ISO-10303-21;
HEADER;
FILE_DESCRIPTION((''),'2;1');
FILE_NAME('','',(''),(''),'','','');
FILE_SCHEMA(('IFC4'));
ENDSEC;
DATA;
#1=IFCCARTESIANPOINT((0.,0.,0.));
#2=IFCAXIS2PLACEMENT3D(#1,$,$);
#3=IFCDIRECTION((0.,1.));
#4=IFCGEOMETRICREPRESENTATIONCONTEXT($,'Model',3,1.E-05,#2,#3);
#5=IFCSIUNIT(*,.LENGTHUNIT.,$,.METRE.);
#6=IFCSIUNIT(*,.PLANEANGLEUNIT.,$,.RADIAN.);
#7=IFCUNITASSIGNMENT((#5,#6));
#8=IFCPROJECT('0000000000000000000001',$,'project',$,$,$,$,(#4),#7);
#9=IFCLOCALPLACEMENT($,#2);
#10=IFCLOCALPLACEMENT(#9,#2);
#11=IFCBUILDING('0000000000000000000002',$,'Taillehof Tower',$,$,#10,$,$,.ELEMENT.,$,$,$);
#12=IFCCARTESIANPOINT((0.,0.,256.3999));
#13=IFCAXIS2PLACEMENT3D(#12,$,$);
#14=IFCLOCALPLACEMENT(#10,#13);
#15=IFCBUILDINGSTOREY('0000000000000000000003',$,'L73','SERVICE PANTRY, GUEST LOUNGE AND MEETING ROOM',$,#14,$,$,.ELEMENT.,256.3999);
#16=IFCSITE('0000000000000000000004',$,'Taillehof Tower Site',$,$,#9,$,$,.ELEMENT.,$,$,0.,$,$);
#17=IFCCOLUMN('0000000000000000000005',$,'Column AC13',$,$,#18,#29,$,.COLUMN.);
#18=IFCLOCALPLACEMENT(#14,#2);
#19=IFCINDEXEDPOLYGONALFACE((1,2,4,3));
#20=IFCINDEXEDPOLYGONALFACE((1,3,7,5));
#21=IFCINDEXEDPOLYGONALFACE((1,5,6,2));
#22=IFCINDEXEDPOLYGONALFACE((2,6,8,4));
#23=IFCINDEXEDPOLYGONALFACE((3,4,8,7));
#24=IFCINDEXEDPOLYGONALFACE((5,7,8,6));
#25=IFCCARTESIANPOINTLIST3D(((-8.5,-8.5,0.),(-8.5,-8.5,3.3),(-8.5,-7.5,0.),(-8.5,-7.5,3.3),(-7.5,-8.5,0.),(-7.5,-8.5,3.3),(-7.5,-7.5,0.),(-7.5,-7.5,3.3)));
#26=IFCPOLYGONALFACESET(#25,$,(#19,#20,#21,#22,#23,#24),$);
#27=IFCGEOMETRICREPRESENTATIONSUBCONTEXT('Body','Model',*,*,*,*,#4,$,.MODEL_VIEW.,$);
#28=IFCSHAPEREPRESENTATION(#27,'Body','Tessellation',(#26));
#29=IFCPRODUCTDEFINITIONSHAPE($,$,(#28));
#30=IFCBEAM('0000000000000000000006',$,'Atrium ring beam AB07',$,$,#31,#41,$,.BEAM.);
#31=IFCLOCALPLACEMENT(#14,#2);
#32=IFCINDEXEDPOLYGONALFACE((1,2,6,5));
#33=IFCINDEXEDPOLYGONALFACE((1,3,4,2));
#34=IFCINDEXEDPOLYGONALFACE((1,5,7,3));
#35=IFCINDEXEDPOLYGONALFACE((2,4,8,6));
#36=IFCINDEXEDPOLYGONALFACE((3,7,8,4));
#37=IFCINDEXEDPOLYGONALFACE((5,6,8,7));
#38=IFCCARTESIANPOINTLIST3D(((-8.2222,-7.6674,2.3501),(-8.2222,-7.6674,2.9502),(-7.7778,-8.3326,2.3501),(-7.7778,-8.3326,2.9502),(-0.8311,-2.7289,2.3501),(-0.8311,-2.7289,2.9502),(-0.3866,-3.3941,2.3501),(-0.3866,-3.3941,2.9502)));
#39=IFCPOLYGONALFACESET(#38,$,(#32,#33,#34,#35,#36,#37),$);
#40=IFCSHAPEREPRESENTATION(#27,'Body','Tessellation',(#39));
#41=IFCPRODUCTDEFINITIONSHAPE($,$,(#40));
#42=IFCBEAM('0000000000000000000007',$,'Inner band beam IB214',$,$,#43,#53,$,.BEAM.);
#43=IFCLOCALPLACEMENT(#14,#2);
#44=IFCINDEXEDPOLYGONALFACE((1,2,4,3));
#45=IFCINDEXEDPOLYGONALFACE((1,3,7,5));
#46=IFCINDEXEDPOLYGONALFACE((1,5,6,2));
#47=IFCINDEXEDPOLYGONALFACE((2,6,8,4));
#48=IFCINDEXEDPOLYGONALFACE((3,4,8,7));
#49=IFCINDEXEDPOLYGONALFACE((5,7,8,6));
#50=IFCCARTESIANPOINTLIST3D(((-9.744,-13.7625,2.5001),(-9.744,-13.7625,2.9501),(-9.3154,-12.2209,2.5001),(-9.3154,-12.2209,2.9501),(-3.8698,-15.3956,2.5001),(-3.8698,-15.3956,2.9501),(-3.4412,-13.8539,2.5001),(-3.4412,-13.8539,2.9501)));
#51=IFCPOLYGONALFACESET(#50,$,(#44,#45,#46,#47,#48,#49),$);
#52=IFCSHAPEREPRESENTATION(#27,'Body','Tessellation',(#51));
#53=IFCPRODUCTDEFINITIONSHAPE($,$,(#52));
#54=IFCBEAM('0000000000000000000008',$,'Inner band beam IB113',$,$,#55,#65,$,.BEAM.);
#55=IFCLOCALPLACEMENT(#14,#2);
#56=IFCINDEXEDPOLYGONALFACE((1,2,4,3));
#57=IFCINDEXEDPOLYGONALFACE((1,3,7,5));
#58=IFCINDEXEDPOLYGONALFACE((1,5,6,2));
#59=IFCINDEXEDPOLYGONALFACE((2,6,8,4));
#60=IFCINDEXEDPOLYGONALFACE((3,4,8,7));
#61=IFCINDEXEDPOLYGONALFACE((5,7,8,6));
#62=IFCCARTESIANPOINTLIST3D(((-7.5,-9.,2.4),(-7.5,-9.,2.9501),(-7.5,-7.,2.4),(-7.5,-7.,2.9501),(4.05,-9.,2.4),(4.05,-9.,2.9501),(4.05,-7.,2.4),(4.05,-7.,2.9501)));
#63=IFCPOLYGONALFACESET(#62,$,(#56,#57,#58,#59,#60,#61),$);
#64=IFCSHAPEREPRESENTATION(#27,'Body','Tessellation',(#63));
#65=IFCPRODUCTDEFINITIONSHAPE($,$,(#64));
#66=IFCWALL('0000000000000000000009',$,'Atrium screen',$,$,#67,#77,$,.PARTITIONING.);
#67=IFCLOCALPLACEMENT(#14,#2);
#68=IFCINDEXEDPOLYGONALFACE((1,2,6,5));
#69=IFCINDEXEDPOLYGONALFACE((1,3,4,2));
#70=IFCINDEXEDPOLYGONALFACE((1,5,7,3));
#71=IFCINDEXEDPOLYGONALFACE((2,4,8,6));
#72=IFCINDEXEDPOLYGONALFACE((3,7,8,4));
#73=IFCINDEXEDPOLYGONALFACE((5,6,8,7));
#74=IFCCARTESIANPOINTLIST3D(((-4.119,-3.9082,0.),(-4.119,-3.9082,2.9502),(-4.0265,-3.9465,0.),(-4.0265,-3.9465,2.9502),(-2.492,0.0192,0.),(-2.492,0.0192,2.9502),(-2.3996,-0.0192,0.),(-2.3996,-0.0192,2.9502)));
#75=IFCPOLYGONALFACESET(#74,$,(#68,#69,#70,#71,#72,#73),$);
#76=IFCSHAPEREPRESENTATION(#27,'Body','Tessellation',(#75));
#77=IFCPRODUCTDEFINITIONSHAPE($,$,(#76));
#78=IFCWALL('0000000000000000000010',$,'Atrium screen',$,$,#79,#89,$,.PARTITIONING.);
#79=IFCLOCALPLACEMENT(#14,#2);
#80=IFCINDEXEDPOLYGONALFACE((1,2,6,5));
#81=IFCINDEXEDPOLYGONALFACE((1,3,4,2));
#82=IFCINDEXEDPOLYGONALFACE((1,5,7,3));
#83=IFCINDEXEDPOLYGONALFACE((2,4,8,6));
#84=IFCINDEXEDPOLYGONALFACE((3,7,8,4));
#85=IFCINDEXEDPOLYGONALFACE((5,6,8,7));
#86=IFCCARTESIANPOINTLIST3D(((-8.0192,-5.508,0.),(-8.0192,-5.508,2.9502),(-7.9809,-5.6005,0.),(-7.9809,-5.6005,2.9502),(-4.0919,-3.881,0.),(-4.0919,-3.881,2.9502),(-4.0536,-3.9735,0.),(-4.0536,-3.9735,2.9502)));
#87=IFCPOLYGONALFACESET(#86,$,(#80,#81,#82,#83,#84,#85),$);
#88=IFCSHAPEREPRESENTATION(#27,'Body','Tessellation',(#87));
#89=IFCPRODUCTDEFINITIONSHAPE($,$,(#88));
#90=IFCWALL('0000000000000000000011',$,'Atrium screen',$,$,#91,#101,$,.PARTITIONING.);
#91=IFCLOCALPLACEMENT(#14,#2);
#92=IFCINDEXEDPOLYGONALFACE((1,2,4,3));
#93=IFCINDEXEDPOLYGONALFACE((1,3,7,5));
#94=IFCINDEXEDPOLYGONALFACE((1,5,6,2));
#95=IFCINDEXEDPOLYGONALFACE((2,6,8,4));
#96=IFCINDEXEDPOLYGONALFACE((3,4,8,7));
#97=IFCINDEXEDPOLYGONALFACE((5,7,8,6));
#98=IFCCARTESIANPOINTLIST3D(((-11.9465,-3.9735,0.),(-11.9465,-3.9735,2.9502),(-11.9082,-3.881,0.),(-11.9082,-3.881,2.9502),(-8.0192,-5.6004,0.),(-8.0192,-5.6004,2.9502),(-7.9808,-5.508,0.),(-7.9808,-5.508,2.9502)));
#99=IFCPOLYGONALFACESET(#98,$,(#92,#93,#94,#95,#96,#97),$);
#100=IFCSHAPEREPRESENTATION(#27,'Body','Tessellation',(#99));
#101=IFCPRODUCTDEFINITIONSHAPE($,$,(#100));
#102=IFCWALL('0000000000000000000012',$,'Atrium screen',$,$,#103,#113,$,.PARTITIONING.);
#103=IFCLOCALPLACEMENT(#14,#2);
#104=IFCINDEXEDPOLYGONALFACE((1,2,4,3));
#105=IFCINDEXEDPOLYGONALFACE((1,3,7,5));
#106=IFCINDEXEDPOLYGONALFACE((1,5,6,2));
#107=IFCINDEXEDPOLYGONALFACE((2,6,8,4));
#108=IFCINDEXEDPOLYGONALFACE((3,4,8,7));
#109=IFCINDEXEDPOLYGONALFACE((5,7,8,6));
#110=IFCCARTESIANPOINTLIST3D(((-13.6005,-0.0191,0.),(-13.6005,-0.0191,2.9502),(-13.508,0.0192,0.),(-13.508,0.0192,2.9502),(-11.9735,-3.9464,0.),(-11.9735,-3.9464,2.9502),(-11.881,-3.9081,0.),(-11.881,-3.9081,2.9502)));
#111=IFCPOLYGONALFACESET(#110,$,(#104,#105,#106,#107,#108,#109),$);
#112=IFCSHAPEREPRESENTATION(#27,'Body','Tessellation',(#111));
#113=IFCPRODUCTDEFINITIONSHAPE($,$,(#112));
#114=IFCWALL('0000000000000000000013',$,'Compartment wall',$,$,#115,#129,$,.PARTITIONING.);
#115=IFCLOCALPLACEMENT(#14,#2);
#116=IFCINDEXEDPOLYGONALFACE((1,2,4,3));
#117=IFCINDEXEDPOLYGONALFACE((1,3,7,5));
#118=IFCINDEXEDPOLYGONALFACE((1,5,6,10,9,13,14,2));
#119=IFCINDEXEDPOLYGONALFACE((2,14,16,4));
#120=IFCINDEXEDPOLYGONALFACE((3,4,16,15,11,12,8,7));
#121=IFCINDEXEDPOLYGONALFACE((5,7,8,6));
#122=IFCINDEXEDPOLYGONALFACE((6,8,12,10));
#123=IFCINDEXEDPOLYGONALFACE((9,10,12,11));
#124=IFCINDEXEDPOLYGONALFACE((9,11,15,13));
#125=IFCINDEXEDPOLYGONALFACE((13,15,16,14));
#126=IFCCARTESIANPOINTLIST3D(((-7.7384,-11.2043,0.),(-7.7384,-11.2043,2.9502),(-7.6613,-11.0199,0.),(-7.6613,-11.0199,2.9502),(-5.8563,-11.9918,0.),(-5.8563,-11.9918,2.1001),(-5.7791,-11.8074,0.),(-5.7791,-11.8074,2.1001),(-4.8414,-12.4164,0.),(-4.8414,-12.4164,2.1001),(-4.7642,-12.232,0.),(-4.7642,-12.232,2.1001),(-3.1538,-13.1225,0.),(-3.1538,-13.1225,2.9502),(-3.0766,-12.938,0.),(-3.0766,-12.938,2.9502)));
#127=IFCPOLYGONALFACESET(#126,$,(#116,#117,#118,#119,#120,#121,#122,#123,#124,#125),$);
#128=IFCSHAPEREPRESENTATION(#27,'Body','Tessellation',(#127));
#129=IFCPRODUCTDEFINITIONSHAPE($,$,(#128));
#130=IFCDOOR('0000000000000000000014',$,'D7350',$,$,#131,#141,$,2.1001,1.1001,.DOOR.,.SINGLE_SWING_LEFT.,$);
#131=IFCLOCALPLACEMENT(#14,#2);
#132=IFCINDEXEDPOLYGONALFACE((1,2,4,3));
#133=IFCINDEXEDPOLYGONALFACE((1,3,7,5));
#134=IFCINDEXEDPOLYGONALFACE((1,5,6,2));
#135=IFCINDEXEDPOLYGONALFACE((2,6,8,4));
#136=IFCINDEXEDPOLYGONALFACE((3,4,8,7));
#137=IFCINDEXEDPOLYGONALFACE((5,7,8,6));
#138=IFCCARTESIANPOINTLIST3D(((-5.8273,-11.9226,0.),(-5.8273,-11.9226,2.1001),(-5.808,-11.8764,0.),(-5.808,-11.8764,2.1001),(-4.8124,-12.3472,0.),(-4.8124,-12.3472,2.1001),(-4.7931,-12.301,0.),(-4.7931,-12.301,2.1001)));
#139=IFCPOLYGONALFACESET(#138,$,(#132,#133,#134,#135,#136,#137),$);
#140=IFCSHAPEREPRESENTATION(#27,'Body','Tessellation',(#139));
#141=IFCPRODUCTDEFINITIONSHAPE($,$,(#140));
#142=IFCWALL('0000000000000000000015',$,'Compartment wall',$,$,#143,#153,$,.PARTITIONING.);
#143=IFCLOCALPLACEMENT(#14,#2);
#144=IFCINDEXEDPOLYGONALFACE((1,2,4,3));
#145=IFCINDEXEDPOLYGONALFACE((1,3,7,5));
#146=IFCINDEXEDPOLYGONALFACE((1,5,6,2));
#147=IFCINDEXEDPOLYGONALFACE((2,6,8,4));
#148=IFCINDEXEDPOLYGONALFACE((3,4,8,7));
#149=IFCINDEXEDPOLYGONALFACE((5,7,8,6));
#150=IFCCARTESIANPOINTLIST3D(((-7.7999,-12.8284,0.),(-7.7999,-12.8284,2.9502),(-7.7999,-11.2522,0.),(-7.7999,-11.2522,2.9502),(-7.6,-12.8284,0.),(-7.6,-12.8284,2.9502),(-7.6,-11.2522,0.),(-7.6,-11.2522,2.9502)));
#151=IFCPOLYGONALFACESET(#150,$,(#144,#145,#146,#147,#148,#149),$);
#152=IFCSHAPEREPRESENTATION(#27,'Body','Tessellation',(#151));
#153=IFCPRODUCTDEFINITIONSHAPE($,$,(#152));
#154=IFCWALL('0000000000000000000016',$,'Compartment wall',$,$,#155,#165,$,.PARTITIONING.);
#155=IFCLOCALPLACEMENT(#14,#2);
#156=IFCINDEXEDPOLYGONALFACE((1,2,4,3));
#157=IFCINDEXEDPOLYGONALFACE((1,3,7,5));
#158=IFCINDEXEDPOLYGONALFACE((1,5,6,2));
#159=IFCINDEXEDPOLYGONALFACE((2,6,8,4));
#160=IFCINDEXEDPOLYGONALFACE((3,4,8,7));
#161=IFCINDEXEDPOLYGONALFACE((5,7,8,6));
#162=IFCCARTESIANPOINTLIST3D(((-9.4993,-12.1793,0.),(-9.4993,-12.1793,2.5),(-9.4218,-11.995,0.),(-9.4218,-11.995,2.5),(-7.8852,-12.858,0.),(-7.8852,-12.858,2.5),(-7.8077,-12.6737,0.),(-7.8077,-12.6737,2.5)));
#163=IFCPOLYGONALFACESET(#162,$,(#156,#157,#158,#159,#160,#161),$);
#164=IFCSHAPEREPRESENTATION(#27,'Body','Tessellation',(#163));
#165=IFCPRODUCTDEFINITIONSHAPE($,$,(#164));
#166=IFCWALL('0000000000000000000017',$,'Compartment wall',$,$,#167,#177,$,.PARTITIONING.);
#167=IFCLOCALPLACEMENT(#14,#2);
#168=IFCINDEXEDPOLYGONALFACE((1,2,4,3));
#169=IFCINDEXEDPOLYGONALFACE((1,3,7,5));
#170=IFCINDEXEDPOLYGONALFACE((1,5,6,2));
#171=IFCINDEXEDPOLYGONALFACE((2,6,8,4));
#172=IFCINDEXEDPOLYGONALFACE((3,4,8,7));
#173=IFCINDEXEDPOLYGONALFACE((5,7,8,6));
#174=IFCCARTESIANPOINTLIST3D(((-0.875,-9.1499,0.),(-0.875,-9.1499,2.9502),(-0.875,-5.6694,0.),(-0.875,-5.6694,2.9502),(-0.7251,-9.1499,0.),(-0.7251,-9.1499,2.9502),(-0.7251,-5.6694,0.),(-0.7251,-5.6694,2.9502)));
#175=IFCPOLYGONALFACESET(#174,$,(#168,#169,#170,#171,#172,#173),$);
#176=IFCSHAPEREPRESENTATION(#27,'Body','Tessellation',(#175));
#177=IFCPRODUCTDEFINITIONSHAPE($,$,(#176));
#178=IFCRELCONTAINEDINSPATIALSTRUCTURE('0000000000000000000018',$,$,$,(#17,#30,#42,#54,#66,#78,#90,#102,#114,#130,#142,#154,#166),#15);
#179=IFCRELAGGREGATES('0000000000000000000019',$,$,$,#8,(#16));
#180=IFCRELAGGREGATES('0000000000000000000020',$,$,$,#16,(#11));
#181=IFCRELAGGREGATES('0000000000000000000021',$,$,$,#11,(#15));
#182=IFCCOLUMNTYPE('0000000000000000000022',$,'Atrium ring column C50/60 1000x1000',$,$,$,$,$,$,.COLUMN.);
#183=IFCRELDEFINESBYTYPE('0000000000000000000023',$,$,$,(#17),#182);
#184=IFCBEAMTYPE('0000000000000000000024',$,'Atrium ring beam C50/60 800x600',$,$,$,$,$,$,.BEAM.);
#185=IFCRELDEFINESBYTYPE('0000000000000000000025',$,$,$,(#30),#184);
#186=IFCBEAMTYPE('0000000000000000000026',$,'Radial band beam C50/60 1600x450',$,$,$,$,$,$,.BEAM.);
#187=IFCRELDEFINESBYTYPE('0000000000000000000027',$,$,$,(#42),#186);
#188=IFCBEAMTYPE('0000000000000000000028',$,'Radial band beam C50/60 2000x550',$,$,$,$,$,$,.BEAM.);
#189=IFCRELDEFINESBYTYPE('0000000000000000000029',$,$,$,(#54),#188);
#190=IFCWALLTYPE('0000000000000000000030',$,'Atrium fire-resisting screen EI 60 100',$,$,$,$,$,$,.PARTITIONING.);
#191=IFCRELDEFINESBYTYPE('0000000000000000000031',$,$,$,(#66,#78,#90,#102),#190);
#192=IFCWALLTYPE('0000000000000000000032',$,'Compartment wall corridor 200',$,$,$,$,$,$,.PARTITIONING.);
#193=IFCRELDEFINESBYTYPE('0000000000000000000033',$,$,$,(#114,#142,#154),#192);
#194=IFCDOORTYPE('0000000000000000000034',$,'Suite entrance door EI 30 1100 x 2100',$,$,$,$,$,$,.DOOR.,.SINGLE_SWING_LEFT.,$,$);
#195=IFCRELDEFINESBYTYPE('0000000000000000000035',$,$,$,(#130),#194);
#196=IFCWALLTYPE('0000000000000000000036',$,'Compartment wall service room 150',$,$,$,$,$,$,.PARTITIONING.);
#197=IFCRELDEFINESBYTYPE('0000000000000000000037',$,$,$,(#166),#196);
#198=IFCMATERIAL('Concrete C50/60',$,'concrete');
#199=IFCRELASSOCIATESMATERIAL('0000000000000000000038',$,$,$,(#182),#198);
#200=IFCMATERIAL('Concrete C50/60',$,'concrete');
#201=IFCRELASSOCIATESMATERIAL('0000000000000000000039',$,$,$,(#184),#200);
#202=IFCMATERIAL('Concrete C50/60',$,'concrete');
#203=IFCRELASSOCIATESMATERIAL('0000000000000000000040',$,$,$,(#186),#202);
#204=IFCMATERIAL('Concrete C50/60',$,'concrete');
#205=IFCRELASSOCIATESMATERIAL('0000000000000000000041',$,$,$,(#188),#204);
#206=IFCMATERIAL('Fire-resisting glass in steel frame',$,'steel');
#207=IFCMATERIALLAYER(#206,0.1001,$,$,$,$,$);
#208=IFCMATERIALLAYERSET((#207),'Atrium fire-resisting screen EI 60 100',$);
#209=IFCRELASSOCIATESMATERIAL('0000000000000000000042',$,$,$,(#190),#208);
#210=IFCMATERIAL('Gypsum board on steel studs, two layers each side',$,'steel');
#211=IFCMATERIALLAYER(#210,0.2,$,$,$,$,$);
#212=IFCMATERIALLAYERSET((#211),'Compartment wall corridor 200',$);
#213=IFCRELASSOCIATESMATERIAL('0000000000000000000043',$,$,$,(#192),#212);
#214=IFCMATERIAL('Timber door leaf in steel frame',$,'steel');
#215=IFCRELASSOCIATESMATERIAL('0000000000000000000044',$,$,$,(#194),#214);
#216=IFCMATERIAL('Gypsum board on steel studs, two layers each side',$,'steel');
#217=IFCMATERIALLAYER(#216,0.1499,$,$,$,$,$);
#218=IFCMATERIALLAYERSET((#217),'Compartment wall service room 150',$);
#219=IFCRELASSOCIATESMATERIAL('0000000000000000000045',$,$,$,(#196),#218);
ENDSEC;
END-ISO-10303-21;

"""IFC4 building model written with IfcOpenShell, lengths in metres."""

from ifc_helpers import new_model, si_unit, direction, frame, frame_2d, origin, origin_2d, place, context, subcontext, project, spatial, rectangle, extrude, material, layer, layer_set, material_profile, profile_set, type_object, element, fill, save


model = new_model("IFC4")

# Units and contexts
model_context = context("Model", 3, precision=1e-05, world=origin(), true_north=direction((0.0, 1.0)))
body_context = subcontext(model_context, "Body", "Model", "MODEL_VIEW")
ifc_project = project(units=[si_unit("LENGTHUNIT", "METRE"), si_unit("PLANEANGLEUNIT", "RADIAN")], contexts=[model_context])

# Site, building, storey
site_placement = place(None, origin())
site = spatial("IfcSite", under=ifc_project, at=site_placement, Name="Taillehof Tower Site", CompositionType="ELEMENT", RefElevation=0.0)
building_placement = place(site_placement, origin())
building = spatial("IfcBuilding", under=site, at=building_placement, Name="Taillehof Tower", CompositionType="ELEMENT")
storey_placement = place(building_placement, frame((0.0, 0.0, 256.3999)))
storey = spatial("IfcBuildingStorey", under=building, at=storey_placement, Name="L73", Description="SERVICE PANTRY, GUEST LOUNGE AND MEETING ROOM", CompositionType="ELEMENT", Elevation=256.3999)

# Column
ifc_material_1 = material(Name="Concrete C50/60", Category="concrete")
ifc_material_profile_1 = material_profile(ifc_material_1, rectangle(XDim=1.0, YDim=1.0, at=origin_2d()), Name="RC 1000x1000")
ifc_profile_set_1 = profile_set([ifc_material_profile_1], Name="Concrete C50/60")
column_type = type_object("IfcColumnType", Name="Atrium ring column C50/60 1000x1000", PredefinedType="COLUMN", material=ifc_profile_set_1)
column_placement = place(storey_placement, frame((-8.0, -8.0, 0.0), z_axis=(0.0, 0.0, 1.0), x_axis=(1.0, 0.0, 0.0)))
element("IfcColumn", 1, at=column_placement, inside=storey, type_object=column_type, Name="Column AC13", PredefinedType="COLUMN", context=body_context, shape_type="SweptSolid", body=[
    extrude(rectangle(XDim=1.0, YDim=1.0, at=origin_2d()), origin(), (0.0, 0.0, 1.0), 3.3),
])

# Beams
ifc_material_2 = material(Name="Concrete C50/60", Category="concrete")
ifc_material_profile_2 = material_profile(ifc_material_2, rectangle(XDim=0.8, YDim=0.6001, at=origin_2d()), Name="RC 800x600")
ifc_profile_set_2 = profile_set([ifc_material_profile_2], Name="Concrete C50/60")
beam_type_1 = type_object("IfcBeamType", Name="Atrium ring beam C50/60 800x600", PredefinedType="BEAM", material=ifc_profile_set_2)
beam_1_placement = place(storey_placement, frame((-8.0, -8.0, 2.6501), z_axis=(0.831475, 0.555562, 0.0), x_axis=(-0.555562, 0.831475, 0.0)))
element("IfcBeam", 2, at=beam_1_placement, inside=storey, type_object=beam_type_1, Name="Atrium ring beam AB07", PredefinedType="BEAM", context=body_context, shape_type="SweptSolid", body=[
    extrude(rectangle(XDim=0.8, YDim=0.6001, at=origin_2d()), origin(), (0.0, 0.0, 1.0), 8.8892),
])
ifc_material_3 = material(Name="Concrete C50/60", Category="concrete")
ifc_material_profile_3 = material_profile(ifc_material_3, rectangle(XDim=1.6001, YDim=0.45, at=origin_2d()), Name="RC 1600x450")
ifc_profile_set_3 = profile_set([ifc_material_profile_3], Name="Concrete C50/60")
beam_type_2 = type_object("IfcBeamType", Name="Radial band beam C50/60 1600x450", PredefinedType="BEAM", material=ifc_profile_set_3)
beam_2_placement = place(storey_placement, frame((-3.6555, -14.6248, 2.7251), z_axis=(-0.963459, 0.267855, 0.0), x_axis=(-0.267855, -0.963459, 0.0)))
element("IfcBeam", 3, at=beam_2_placement, inside=storey, type_object=beam_type_2, Name="Inner band beam IB214", PredefinedType="BEAM", context=body_context, shape_type="SweptSolid", body=[
    extrude(rectangle(XDim=1.6001, YDim=0.45, at=origin_2d()), origin(), (0.0, 0.0, 1.0), 6.0969),
])
ifc_material_4 = material(Name="Concrete C50/60", Category="concrete")
ifc_material_profile_4 = material_profile(ifc_material_4, rectangle(XDim=2.0, YDim=0.55, at=origin_2d()), Name="RC 2000x550")
ifc_profile_set_4 = profile_set([ifc_material_profile_4], Name="Concrete C50/60")
beam_type_3 = type_object("IfcBeamType", Name="Radial band beam C50/60 2000x550", PredefinedType="BEAM", material=ifc_profile_set_4)
beam_3_placement = place(storey_placement, frame((-7.5, -8.0, 2.675), z_axis=(1.0, 0.0, 0.0), x_axis=(0.0, 1.0, 0.0)))
element("IfcBeam", 4, at=beam_3_placement, inside=storey, type_object=beam_type_3, Name="Inner band beam IB113", PredefinedType="BEAM", context=body_context, shape_type="SweptSolid", body=[
    extrude(rectangle(XDim=2.0, YDim=0.55, at=origin_2d()), origin(), (0.0, 0.0, 1.0), 11.55),
])

# Walls
ifc_material_5 = material(Name="Fire-resisting glass in steel frame", Category="steel")
ifc_layer_1 = layer(ifc_material_5, 0.1001)
ifc_layer_set_1 = layer_set([ifc_layer_1], Name="Atrium fire-resisting screen EI 60 100")
wall_type_1 = type_object("IfcWallType", Name="Atrium fire-resisting screen EI 60 100", PredefinedType="PARTITIONING", material=ifc_layer_set_1)
for number, where, z_axis, x_axis, name in (
    (5, (-2.4458, 0.0, 0.0), (0.0, 0.0, 1.0), (-0.382731, -0.92386, 0.0), "Atrium screen"),
    (6, (-4.0728, -3.9272, 0.0), (0.0, 0.0, 1.0), (-0.92386, -0.382731, 0.0), "Atrium screen"),
    (7, (-8.0, -5.5542, 0.0), (0.0, 0.0, 1.0), (-0.92386, 0.382731, 0.0), "Atrium screen"),
    (8, (-11.9272, -3.9272, 0.0), (0.0, 0.0, 1.0), (-0.382731, 0.92386, 0.0), "Atrium screen"),
):
    element("IfcWall", number, at=place(storey_placement, frame(where, z_axis=z_axis, x_axis=x_axis)), inside=storey, type_object=wall_type_1, Name=name, PredefinedType="PARTITIONING", context=body_context, shape_type="SweptSolid", body=[
        extrude(rectangle(XDim=4.251, YDim=0.1001, at=frame_2d((2.1255, 0.0))), origin(), (0.0, 0.0, 1.0), 2.9502),
    ])

# Wall, opening, door
ifc_material_6 = material(Name="Gypsum board on steel studs, two layers each side", Category="steel")
ifc_layer_2 = layer(ifc_material_6, 0.2)
ifc_layer_set_2 = layer_set([ifc_layer_2], Name="Compartment wall corridor 200")
wall_type_2 = type_object("IfcWallType", Name="Compartment wall corridor 200", PredefinedType="PARTITIONING", material=ifc_layer_set_2)
wall_1_placement = place(storey_placement, frame((-3.1152, -13.0303, 0.0), z_axis=(0.0, 0.0, 1.0), x_axis=(-0.922511, 0.385972, 0.0)))
wall_1 = element("IfcWall", 9, at=wall_1_placement, inside=storey, type_object=wall_type_2, Name="Compartment wall", PredefinedType="PARTITIONING", context=body_context, shape_type="SweptSolid", body=[
    extrude(rectangle(XDim=4.9697, YDim=0.2, at=frame_2d((2.4849, 0.0))), origin(), (0.0, 0.0, 1.0), 2.9502),
])
opening_1_placement = place(wall_1_placement, frame((1.8293, 0.0, 0.0)))
opening_1 = element("IfcOpeningElement", 10, at=opening_1_placement, cuts=wall_1, PredefinedType="OPENING", context=body_context, shape_type="SweptSolid", body=[
    extrude(rectangle(XDim=1.1001, YDim=2.1001, at=frame_2d((0.55, 1.05))), frame((0.0, 0.1099, 0.0), z_axis=(0.0, -1.0, 0.0), x_axis=(1.0, 0.0, 0.0)), (0.0, 0.0, 1.0), 0.22),
])
ifc_material_7 = material(Name="Timber door leaf in steel frame", Category="steel")
door_type_1 = type_object("IfcDoorType", Name="Suite entrance door EI 30 1100 x 2100", OperationType="SINGLE_SWING_LEFT", PredefinedType="DOOR", material=ifc_material_7)
door_1_placement = place(opening_1_placement, origin())
door_1 = element("IfcDoor", 11, at=door_1_placement, inside=storey, type_object=door_type_1, Name="D7350", OperationType="SINGLE_SWING_LEFT", OverallHeight=2.1001, OverallWidth=1.1001, PredefinedType="DOOR", context=body_context, shape_type="SweptSolid", body=[
    extrude(rectangle(XDim=1.1001, YDim=2.1001, at=frame_2d((0.55, 1.05))), frame((0.0, 0.0249, 0.0), z_axis=(0.0, -1.0, 0.0), x_axis=(1.0, 0.0, 0.0)), (0.0, 0.0, 1.0), 0.05),
])
fill(opening_1, door_1)

# Walls
wall_2_placement = place(storey_placement, frame((-7.7, -11.2522, 0.0), z_axis=(0.0, 0.0, 1.0), x_axis=(0.0, -1.0, 0.0)))
element("IfcWall", 12, at=wall_2_placement, inside=storey, type_object=wall_type_2, Name="Compartment wall", PredefinedType="PARTITIONING", context=body_context, shape_type="SweptSolid", body=[
    extrude(rectangle(XDim=1.5762, YDim=0.2, at=frame_2d((0.7881, 0.0))), origin(), (0.0, 0.0, 1.0), 2.9502),
])
wall_3_placement = place(storey_placement, frame((-7.8464, -12.7659, 0.0), z_axis=(0.0, 0.0, 1.0), x_axis=(-0.921814, 0.387633, 0.0)))
element("IfcWall", 13, at=wall_3_placement, inside=storey, type_object=wall_type_2, Name="Compartment wall", PredefinedType="PARTITIONING", context=body_context, shape_type="SweptSolid", body=[
    extrude(rectangle(XDim=1.751, YDim=0.2, at=frame_2d((0.8755, 0.0))), origin(), (0.0, 0.0, 1.0), 2.5),
])
ifc_material_8 = material(Name="Gypsum board on steel studs, two layers each side", Category="steel")
ifc_layer_3 = layer(ifc_material_8, 0.1499)
ifc_layer_set_3 = layer_set([ifc_layer_3], Name="Compartment wall service room 150")
wall_type_3 = type_object("IfcWallType", Name="Compartment wall service room 150", PredefinedType="PARTITIONING", material=ifc_layer_set_3)
wall_4_placement = place(storey_placement, frame((-0.8, -5.6694, 0.0), z_axis=(0.0, 0.0, 1.0), x_axis=(0.0, -1.0, 0.0)))
element("IfcWall", 14, at=wall_4_placement, inside=storey, type_object=wall_type_3, Name="Compartment wall", PredefinedType="PARTITIONING", context=body_context, shape_type="SweptSolid", body=[
    extrude(rectangle(XDim=3.4805, YDim=0.1499, at=frame_2d((1.7402, 0.0))), origin(), (0.0, 0.0, 1.0), 2.9502),
])

save(model, "model.ifc")
